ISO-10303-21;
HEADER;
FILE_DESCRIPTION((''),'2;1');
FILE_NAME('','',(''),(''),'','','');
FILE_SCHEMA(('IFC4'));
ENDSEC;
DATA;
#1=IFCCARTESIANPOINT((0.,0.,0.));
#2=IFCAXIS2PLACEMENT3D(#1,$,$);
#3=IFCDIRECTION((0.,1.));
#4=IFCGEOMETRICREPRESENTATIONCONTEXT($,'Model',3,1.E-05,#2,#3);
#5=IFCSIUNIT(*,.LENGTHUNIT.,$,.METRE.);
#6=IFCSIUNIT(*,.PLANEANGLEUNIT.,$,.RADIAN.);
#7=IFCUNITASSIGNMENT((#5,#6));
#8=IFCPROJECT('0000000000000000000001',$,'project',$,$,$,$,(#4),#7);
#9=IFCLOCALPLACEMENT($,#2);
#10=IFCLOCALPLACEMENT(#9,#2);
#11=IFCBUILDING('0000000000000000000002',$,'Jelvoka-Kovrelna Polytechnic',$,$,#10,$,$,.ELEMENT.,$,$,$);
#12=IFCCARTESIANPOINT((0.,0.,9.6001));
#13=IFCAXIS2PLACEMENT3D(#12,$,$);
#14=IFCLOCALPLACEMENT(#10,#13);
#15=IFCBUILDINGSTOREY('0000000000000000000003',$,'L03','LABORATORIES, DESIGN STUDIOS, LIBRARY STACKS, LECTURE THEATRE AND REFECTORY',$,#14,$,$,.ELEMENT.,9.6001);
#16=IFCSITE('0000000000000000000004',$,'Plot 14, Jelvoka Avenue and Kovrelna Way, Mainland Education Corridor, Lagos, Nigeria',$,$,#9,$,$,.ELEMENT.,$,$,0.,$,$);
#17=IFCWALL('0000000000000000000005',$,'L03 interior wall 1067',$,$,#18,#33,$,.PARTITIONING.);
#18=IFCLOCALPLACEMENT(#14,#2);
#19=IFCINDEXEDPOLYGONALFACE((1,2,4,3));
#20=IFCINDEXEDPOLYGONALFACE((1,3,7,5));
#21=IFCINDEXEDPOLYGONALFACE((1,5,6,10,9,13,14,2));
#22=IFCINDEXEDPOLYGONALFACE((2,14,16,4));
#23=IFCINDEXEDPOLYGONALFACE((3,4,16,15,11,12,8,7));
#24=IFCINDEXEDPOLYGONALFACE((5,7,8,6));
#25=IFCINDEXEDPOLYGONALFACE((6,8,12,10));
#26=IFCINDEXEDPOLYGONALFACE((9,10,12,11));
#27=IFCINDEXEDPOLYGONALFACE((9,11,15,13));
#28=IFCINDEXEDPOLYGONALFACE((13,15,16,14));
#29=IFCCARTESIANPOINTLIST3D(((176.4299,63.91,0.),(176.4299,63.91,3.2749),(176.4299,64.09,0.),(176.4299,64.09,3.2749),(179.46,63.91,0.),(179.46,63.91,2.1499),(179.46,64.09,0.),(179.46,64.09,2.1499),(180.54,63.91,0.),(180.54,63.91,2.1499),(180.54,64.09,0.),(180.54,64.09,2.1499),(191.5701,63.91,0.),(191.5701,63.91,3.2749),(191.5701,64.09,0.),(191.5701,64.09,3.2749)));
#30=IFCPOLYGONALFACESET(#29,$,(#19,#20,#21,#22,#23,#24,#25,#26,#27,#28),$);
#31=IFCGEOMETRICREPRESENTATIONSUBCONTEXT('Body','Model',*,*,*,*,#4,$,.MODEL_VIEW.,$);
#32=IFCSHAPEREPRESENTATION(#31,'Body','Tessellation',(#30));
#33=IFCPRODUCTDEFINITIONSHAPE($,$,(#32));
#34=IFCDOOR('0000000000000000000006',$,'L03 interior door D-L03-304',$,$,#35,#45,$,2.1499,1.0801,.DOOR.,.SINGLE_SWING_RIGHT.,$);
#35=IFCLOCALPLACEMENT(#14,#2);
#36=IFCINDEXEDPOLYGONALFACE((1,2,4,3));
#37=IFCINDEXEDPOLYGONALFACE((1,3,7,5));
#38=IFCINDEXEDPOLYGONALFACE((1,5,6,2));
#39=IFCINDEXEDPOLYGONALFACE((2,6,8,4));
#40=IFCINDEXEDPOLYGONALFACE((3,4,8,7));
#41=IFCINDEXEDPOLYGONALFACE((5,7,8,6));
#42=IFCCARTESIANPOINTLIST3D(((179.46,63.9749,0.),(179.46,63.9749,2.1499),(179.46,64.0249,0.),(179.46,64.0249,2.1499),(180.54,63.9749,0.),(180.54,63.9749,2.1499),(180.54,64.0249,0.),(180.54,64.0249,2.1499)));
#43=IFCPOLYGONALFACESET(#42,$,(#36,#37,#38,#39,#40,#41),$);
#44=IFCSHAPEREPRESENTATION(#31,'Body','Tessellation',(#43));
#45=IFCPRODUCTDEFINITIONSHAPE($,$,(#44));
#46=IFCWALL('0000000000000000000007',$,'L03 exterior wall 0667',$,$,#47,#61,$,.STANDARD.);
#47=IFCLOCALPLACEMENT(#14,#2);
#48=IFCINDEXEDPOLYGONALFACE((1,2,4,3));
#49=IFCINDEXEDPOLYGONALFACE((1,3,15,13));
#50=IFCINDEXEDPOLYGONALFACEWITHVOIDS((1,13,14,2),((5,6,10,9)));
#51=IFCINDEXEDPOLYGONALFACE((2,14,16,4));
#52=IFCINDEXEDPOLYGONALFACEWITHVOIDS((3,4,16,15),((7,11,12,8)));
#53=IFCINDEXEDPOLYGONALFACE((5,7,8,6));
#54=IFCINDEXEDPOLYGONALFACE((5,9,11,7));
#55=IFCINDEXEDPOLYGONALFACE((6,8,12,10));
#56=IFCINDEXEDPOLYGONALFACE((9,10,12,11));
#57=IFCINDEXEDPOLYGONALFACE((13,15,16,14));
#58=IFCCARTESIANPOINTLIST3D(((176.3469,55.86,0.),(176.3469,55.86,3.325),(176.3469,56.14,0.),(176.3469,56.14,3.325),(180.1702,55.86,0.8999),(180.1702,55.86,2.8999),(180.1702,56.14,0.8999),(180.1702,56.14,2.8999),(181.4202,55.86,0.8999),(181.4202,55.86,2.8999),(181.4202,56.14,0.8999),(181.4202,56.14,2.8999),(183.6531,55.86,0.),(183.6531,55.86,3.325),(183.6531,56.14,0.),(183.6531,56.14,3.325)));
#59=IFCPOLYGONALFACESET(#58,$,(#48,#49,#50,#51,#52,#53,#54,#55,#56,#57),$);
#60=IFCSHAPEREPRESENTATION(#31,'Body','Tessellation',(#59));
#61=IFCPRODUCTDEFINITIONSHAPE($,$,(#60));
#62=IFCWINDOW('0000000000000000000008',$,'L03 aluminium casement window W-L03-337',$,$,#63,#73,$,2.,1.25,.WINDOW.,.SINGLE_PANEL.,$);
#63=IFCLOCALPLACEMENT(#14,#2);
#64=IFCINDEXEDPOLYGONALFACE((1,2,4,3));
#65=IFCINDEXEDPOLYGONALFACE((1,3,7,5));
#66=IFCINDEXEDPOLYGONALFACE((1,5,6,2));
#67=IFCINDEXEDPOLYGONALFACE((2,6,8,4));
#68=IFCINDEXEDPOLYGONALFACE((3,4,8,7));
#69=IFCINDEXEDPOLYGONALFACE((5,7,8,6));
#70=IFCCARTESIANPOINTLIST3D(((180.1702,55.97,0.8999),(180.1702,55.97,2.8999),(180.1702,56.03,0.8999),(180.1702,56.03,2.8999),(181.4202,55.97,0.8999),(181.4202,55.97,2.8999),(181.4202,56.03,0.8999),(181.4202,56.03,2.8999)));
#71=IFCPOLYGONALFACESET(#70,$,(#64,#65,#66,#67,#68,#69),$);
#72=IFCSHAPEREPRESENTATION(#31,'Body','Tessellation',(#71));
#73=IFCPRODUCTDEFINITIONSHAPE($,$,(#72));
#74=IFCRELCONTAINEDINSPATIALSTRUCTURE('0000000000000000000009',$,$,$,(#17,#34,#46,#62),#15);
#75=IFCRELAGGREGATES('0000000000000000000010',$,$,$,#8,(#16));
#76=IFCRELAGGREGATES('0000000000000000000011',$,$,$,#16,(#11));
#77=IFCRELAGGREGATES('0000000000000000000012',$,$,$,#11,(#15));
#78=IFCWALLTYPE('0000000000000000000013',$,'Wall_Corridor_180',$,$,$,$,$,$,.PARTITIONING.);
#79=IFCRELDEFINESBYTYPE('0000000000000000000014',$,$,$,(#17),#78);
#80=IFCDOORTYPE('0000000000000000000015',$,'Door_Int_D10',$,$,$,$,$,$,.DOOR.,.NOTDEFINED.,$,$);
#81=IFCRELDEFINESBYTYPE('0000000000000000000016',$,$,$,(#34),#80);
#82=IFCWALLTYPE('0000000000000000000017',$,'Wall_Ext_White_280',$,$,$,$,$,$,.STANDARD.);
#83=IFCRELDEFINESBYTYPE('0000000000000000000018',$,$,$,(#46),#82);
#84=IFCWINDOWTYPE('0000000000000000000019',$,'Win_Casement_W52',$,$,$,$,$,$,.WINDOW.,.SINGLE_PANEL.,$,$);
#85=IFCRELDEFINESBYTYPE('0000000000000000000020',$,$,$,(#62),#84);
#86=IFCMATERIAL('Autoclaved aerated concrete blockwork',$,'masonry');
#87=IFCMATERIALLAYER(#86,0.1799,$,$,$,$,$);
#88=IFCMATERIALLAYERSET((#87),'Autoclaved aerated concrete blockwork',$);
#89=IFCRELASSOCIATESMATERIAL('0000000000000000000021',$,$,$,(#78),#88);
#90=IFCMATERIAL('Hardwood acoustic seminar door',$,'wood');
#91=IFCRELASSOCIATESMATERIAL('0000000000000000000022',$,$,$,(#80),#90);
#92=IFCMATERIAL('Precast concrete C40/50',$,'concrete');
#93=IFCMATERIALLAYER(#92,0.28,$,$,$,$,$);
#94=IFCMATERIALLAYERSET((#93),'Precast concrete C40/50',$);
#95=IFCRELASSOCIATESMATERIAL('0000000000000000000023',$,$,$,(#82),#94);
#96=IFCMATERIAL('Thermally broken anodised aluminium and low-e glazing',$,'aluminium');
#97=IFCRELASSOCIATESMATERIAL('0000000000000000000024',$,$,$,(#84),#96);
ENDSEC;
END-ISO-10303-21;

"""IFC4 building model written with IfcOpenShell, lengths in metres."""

from ifc_helpers import new_model, si_unit, direction, frame, frame_2d, origin, place, context, subcontext, project, spatial, rectangle, extrude, material, layer, layer_set, type_object, element, fill, save


model = new_model("IFC4")

# Units and contexts
model_context = context("Model", 3, precision=1e-05, world=origin(), true_north=direction((0.0, 1.0)))
body_context = subcontext(model_context, "Body", "Model", "MODEL_VIEW")
ifc_project = project(units=[si_unit("LENGTHUNIT", "METRE"), si_unit("PLANEANGLEUNIT", "RADIAN")], contexts=[model_context])

# Site, building, storey
site_placement = place(None, origin())
site = spatial("IfcSite", under=ifc_project, at=site_placement, Name="Plot 14, Jelvoka Avenue and Kovrelna Way, Mainland Education Corridor, Lagos, Nigeria", CompositionType="ELEMENT", RefElevation=0.0)
building_placement = place(site_placement, origin())
building = spatial("IfcBuilding", under=site, at=building_placement, Name="Jelvoka-Kovrelna Polytechnic", CompositionType="ELEMENT")
storey_placement = place(building_placement, frame((0.0, 0.0, 9.6001)))
storey = spatial("IfcBuildingStorey", under=building, at=storey_placement, Name="L03", Description="LABORATORIES, DESIGN STUDIOS, LIBRARY STACKS, LECTURE THEATRE AND REFECTORY", CompositionType="ELEMENT", Elevation=9.6001)

# Wall, opening, door
ifc_material_1 = material(Name="Autoclaved aerated concrete blockwork", Category="masonry")
ifc_layer_1 = layer(ifc_material_1, 0.1799)
ifc_layer_set_1 = layer_set([ifc_layer_1], Name="Autoclaved aerated concrete blockwork")
wall_type_1 = type_object("IfcWallType", Name="Wall_Corridor_180", PredefinedType="PARTITIONING", material=ifc_layer_set_1)
wall_1_placement = place(storey_placement, frame((176.4299, 64.0, 0.0), z_axis=(0.0, 0.0, 1.0), x_axis=(1.0, 0.0, 0.0)))
wall_1 = element("IfcWall", 1, at=wall_1_placement, inside=storey, type_object=wall_type_1, Name="L03 interior wall 1067", PredefinedType="PARTITIONING", context=body_context, shape_type="SweptSolid", body=[
    extrude(rectangle(XDim=15.1401, YDim=0.1799, at=frame_2d((7.5701, 0.0))), origin(), (0.0, 0.0, 1.0), 3.2749),
])
opening_1_placement = place(wall_1_placement, frame((3.03, 0.0, 0.0)))
opening_1 = element("IfcOpeningElement", 2, at=opening_1_placement, cuts=wall_1, PredefinedType="OPENING", context=body_context, shape_type="SweptSolid", body=[
    extrude(rectangle(XDim=1.0801, YDim=2.1499, at=frame_2d((0.54, 1.075))), frame((0.0, 0.0999, 0.0), z_axis=(0.0, -1.0, 0.0), x_axis=(1.0, 0.0, 0.0)), (0.0, 0.0, 1.0), 0.2),
])
ifc_material_2 = material(Name="Hardwood acoustic seminar door", Category="wood")
door_type = type_object("IfcDoorType", Name="Door_Int_D10", OperationType="NOTDEFINED", PredefinedType="DOOR", material=ifc_material_2)
door_placement = place(opening_1_placement, origin())
door = element("IfcDoor", 3, at=door_placement, inside=storey, type_object=door_type, Name="L03 interior door D-L03-304", OperationType="SINGLE_SWING_RIGHT", OverallHeight=2.1499, OverallWidth=1.0801, PredefinedType="DOOR", context=body_context, shape_type="SweptSolid", body=[
    extrude(rectangle(XDim=1.0801, YDim=2.1499, at=frame_2d((0.54, 1.075))), frame((0.0, 0.0249, 0.0), z_axis=(0.0, -1.0, 0.0), x_axis=(1.0, 0.0, 0.0)), (0.0, 0.0, 1.0), 0.05),
])
fill(opening_1, door)

# Wall, opening, window
ifc_material_3 = material(Name="Precast concrete C40/50", Category="concrete")
ifc_layer_2 = layer(ifc_material_3, 0.28)
ifc_layer_set_2 = layer_set([ifc_layer_2], Name="Precast concrete C40/50")
wall_type_2 = type_object("IfcWallType", Name="Wall_Ext_White_280", PredefinedType="STANDARD", material=ifc_layer_set_2)
wall_2_placement = place(storey_placement, frame((183.6531, 56.0, 0.0), z_axis=(0.0, 0.0, 1.0), x_axis=(-1.0, 0.0, 0.0)))
wall_2 = element("IfcWall", 4, at=wall_2_placement, inside=storey, type_object=wall_type_2, Name="L03 exterior wall 0667", PredefinedType="STANDARD", context=body_context, shape_type="SweptSolid", body=[
    extrude(rectangle(XDim=7.3062, YDim=0.28, at=frame_2d((3.6531, 0.0))), origin(), (0.0, 0.0, 1.0), 3.325),
])
opening_2_placement = place(wall_2_placement, frame((2.2329, 0.0, 0.8999)))
opening_2 = element("IfcOpeningElement", 5, at=opening_2_placement, cuts=wall_2, PredefinedType="OPENING", context=body_context, shape_type="SweptSolid", body=[
    extrude(rectangle(XDim=1.25, YDim=2.0, at=frame_2d((0.625, 1.0))), frame((0.0, 0.1501, 0.0), z_axis=(0.0, -1.0, 0.0), x_axis=(1.0, 0.0, 0.0)), (0.0, 0.0, 1.0), 0.3),
])
ifc_material_4 = material(Name="Thermally broken anodised aluminium and low-e glazing", Category="aluminium")
window_type = type_object("IfcWindowType", Name="Win_Casement_W52", PartitioningType="SINGLE_PANEL", PredefinedType="WINDOW", material=ifc_material_4)
window_placement = place(opening_2_placement, origin())
window = element("IfcWindow", 6, at=window_placement, inside=storey, type_object=window_type, Name="L03 aluminium casement window W-L03-337", OverallHeight=2.0, OverallWidth=1.25, PartitioningType="SINGLE_PANEL", PredefinedType="WINDOW", context=body_context, shape_type="SweptSolid", body=[
    extrude(rectangle(XDim=1.25, YDim=2.0, at=frame_2d((0.625, 1.0))), frame((0.0, 0.03, 0.0), z_axis=(0.0, -1.0, 0.0), x_axis=(1.0, 0.0, 0.0)), (0.0, 0.0, 1.0), 0.0601),
])
fill(opening_2, window)

save(model, "model.ifc")
